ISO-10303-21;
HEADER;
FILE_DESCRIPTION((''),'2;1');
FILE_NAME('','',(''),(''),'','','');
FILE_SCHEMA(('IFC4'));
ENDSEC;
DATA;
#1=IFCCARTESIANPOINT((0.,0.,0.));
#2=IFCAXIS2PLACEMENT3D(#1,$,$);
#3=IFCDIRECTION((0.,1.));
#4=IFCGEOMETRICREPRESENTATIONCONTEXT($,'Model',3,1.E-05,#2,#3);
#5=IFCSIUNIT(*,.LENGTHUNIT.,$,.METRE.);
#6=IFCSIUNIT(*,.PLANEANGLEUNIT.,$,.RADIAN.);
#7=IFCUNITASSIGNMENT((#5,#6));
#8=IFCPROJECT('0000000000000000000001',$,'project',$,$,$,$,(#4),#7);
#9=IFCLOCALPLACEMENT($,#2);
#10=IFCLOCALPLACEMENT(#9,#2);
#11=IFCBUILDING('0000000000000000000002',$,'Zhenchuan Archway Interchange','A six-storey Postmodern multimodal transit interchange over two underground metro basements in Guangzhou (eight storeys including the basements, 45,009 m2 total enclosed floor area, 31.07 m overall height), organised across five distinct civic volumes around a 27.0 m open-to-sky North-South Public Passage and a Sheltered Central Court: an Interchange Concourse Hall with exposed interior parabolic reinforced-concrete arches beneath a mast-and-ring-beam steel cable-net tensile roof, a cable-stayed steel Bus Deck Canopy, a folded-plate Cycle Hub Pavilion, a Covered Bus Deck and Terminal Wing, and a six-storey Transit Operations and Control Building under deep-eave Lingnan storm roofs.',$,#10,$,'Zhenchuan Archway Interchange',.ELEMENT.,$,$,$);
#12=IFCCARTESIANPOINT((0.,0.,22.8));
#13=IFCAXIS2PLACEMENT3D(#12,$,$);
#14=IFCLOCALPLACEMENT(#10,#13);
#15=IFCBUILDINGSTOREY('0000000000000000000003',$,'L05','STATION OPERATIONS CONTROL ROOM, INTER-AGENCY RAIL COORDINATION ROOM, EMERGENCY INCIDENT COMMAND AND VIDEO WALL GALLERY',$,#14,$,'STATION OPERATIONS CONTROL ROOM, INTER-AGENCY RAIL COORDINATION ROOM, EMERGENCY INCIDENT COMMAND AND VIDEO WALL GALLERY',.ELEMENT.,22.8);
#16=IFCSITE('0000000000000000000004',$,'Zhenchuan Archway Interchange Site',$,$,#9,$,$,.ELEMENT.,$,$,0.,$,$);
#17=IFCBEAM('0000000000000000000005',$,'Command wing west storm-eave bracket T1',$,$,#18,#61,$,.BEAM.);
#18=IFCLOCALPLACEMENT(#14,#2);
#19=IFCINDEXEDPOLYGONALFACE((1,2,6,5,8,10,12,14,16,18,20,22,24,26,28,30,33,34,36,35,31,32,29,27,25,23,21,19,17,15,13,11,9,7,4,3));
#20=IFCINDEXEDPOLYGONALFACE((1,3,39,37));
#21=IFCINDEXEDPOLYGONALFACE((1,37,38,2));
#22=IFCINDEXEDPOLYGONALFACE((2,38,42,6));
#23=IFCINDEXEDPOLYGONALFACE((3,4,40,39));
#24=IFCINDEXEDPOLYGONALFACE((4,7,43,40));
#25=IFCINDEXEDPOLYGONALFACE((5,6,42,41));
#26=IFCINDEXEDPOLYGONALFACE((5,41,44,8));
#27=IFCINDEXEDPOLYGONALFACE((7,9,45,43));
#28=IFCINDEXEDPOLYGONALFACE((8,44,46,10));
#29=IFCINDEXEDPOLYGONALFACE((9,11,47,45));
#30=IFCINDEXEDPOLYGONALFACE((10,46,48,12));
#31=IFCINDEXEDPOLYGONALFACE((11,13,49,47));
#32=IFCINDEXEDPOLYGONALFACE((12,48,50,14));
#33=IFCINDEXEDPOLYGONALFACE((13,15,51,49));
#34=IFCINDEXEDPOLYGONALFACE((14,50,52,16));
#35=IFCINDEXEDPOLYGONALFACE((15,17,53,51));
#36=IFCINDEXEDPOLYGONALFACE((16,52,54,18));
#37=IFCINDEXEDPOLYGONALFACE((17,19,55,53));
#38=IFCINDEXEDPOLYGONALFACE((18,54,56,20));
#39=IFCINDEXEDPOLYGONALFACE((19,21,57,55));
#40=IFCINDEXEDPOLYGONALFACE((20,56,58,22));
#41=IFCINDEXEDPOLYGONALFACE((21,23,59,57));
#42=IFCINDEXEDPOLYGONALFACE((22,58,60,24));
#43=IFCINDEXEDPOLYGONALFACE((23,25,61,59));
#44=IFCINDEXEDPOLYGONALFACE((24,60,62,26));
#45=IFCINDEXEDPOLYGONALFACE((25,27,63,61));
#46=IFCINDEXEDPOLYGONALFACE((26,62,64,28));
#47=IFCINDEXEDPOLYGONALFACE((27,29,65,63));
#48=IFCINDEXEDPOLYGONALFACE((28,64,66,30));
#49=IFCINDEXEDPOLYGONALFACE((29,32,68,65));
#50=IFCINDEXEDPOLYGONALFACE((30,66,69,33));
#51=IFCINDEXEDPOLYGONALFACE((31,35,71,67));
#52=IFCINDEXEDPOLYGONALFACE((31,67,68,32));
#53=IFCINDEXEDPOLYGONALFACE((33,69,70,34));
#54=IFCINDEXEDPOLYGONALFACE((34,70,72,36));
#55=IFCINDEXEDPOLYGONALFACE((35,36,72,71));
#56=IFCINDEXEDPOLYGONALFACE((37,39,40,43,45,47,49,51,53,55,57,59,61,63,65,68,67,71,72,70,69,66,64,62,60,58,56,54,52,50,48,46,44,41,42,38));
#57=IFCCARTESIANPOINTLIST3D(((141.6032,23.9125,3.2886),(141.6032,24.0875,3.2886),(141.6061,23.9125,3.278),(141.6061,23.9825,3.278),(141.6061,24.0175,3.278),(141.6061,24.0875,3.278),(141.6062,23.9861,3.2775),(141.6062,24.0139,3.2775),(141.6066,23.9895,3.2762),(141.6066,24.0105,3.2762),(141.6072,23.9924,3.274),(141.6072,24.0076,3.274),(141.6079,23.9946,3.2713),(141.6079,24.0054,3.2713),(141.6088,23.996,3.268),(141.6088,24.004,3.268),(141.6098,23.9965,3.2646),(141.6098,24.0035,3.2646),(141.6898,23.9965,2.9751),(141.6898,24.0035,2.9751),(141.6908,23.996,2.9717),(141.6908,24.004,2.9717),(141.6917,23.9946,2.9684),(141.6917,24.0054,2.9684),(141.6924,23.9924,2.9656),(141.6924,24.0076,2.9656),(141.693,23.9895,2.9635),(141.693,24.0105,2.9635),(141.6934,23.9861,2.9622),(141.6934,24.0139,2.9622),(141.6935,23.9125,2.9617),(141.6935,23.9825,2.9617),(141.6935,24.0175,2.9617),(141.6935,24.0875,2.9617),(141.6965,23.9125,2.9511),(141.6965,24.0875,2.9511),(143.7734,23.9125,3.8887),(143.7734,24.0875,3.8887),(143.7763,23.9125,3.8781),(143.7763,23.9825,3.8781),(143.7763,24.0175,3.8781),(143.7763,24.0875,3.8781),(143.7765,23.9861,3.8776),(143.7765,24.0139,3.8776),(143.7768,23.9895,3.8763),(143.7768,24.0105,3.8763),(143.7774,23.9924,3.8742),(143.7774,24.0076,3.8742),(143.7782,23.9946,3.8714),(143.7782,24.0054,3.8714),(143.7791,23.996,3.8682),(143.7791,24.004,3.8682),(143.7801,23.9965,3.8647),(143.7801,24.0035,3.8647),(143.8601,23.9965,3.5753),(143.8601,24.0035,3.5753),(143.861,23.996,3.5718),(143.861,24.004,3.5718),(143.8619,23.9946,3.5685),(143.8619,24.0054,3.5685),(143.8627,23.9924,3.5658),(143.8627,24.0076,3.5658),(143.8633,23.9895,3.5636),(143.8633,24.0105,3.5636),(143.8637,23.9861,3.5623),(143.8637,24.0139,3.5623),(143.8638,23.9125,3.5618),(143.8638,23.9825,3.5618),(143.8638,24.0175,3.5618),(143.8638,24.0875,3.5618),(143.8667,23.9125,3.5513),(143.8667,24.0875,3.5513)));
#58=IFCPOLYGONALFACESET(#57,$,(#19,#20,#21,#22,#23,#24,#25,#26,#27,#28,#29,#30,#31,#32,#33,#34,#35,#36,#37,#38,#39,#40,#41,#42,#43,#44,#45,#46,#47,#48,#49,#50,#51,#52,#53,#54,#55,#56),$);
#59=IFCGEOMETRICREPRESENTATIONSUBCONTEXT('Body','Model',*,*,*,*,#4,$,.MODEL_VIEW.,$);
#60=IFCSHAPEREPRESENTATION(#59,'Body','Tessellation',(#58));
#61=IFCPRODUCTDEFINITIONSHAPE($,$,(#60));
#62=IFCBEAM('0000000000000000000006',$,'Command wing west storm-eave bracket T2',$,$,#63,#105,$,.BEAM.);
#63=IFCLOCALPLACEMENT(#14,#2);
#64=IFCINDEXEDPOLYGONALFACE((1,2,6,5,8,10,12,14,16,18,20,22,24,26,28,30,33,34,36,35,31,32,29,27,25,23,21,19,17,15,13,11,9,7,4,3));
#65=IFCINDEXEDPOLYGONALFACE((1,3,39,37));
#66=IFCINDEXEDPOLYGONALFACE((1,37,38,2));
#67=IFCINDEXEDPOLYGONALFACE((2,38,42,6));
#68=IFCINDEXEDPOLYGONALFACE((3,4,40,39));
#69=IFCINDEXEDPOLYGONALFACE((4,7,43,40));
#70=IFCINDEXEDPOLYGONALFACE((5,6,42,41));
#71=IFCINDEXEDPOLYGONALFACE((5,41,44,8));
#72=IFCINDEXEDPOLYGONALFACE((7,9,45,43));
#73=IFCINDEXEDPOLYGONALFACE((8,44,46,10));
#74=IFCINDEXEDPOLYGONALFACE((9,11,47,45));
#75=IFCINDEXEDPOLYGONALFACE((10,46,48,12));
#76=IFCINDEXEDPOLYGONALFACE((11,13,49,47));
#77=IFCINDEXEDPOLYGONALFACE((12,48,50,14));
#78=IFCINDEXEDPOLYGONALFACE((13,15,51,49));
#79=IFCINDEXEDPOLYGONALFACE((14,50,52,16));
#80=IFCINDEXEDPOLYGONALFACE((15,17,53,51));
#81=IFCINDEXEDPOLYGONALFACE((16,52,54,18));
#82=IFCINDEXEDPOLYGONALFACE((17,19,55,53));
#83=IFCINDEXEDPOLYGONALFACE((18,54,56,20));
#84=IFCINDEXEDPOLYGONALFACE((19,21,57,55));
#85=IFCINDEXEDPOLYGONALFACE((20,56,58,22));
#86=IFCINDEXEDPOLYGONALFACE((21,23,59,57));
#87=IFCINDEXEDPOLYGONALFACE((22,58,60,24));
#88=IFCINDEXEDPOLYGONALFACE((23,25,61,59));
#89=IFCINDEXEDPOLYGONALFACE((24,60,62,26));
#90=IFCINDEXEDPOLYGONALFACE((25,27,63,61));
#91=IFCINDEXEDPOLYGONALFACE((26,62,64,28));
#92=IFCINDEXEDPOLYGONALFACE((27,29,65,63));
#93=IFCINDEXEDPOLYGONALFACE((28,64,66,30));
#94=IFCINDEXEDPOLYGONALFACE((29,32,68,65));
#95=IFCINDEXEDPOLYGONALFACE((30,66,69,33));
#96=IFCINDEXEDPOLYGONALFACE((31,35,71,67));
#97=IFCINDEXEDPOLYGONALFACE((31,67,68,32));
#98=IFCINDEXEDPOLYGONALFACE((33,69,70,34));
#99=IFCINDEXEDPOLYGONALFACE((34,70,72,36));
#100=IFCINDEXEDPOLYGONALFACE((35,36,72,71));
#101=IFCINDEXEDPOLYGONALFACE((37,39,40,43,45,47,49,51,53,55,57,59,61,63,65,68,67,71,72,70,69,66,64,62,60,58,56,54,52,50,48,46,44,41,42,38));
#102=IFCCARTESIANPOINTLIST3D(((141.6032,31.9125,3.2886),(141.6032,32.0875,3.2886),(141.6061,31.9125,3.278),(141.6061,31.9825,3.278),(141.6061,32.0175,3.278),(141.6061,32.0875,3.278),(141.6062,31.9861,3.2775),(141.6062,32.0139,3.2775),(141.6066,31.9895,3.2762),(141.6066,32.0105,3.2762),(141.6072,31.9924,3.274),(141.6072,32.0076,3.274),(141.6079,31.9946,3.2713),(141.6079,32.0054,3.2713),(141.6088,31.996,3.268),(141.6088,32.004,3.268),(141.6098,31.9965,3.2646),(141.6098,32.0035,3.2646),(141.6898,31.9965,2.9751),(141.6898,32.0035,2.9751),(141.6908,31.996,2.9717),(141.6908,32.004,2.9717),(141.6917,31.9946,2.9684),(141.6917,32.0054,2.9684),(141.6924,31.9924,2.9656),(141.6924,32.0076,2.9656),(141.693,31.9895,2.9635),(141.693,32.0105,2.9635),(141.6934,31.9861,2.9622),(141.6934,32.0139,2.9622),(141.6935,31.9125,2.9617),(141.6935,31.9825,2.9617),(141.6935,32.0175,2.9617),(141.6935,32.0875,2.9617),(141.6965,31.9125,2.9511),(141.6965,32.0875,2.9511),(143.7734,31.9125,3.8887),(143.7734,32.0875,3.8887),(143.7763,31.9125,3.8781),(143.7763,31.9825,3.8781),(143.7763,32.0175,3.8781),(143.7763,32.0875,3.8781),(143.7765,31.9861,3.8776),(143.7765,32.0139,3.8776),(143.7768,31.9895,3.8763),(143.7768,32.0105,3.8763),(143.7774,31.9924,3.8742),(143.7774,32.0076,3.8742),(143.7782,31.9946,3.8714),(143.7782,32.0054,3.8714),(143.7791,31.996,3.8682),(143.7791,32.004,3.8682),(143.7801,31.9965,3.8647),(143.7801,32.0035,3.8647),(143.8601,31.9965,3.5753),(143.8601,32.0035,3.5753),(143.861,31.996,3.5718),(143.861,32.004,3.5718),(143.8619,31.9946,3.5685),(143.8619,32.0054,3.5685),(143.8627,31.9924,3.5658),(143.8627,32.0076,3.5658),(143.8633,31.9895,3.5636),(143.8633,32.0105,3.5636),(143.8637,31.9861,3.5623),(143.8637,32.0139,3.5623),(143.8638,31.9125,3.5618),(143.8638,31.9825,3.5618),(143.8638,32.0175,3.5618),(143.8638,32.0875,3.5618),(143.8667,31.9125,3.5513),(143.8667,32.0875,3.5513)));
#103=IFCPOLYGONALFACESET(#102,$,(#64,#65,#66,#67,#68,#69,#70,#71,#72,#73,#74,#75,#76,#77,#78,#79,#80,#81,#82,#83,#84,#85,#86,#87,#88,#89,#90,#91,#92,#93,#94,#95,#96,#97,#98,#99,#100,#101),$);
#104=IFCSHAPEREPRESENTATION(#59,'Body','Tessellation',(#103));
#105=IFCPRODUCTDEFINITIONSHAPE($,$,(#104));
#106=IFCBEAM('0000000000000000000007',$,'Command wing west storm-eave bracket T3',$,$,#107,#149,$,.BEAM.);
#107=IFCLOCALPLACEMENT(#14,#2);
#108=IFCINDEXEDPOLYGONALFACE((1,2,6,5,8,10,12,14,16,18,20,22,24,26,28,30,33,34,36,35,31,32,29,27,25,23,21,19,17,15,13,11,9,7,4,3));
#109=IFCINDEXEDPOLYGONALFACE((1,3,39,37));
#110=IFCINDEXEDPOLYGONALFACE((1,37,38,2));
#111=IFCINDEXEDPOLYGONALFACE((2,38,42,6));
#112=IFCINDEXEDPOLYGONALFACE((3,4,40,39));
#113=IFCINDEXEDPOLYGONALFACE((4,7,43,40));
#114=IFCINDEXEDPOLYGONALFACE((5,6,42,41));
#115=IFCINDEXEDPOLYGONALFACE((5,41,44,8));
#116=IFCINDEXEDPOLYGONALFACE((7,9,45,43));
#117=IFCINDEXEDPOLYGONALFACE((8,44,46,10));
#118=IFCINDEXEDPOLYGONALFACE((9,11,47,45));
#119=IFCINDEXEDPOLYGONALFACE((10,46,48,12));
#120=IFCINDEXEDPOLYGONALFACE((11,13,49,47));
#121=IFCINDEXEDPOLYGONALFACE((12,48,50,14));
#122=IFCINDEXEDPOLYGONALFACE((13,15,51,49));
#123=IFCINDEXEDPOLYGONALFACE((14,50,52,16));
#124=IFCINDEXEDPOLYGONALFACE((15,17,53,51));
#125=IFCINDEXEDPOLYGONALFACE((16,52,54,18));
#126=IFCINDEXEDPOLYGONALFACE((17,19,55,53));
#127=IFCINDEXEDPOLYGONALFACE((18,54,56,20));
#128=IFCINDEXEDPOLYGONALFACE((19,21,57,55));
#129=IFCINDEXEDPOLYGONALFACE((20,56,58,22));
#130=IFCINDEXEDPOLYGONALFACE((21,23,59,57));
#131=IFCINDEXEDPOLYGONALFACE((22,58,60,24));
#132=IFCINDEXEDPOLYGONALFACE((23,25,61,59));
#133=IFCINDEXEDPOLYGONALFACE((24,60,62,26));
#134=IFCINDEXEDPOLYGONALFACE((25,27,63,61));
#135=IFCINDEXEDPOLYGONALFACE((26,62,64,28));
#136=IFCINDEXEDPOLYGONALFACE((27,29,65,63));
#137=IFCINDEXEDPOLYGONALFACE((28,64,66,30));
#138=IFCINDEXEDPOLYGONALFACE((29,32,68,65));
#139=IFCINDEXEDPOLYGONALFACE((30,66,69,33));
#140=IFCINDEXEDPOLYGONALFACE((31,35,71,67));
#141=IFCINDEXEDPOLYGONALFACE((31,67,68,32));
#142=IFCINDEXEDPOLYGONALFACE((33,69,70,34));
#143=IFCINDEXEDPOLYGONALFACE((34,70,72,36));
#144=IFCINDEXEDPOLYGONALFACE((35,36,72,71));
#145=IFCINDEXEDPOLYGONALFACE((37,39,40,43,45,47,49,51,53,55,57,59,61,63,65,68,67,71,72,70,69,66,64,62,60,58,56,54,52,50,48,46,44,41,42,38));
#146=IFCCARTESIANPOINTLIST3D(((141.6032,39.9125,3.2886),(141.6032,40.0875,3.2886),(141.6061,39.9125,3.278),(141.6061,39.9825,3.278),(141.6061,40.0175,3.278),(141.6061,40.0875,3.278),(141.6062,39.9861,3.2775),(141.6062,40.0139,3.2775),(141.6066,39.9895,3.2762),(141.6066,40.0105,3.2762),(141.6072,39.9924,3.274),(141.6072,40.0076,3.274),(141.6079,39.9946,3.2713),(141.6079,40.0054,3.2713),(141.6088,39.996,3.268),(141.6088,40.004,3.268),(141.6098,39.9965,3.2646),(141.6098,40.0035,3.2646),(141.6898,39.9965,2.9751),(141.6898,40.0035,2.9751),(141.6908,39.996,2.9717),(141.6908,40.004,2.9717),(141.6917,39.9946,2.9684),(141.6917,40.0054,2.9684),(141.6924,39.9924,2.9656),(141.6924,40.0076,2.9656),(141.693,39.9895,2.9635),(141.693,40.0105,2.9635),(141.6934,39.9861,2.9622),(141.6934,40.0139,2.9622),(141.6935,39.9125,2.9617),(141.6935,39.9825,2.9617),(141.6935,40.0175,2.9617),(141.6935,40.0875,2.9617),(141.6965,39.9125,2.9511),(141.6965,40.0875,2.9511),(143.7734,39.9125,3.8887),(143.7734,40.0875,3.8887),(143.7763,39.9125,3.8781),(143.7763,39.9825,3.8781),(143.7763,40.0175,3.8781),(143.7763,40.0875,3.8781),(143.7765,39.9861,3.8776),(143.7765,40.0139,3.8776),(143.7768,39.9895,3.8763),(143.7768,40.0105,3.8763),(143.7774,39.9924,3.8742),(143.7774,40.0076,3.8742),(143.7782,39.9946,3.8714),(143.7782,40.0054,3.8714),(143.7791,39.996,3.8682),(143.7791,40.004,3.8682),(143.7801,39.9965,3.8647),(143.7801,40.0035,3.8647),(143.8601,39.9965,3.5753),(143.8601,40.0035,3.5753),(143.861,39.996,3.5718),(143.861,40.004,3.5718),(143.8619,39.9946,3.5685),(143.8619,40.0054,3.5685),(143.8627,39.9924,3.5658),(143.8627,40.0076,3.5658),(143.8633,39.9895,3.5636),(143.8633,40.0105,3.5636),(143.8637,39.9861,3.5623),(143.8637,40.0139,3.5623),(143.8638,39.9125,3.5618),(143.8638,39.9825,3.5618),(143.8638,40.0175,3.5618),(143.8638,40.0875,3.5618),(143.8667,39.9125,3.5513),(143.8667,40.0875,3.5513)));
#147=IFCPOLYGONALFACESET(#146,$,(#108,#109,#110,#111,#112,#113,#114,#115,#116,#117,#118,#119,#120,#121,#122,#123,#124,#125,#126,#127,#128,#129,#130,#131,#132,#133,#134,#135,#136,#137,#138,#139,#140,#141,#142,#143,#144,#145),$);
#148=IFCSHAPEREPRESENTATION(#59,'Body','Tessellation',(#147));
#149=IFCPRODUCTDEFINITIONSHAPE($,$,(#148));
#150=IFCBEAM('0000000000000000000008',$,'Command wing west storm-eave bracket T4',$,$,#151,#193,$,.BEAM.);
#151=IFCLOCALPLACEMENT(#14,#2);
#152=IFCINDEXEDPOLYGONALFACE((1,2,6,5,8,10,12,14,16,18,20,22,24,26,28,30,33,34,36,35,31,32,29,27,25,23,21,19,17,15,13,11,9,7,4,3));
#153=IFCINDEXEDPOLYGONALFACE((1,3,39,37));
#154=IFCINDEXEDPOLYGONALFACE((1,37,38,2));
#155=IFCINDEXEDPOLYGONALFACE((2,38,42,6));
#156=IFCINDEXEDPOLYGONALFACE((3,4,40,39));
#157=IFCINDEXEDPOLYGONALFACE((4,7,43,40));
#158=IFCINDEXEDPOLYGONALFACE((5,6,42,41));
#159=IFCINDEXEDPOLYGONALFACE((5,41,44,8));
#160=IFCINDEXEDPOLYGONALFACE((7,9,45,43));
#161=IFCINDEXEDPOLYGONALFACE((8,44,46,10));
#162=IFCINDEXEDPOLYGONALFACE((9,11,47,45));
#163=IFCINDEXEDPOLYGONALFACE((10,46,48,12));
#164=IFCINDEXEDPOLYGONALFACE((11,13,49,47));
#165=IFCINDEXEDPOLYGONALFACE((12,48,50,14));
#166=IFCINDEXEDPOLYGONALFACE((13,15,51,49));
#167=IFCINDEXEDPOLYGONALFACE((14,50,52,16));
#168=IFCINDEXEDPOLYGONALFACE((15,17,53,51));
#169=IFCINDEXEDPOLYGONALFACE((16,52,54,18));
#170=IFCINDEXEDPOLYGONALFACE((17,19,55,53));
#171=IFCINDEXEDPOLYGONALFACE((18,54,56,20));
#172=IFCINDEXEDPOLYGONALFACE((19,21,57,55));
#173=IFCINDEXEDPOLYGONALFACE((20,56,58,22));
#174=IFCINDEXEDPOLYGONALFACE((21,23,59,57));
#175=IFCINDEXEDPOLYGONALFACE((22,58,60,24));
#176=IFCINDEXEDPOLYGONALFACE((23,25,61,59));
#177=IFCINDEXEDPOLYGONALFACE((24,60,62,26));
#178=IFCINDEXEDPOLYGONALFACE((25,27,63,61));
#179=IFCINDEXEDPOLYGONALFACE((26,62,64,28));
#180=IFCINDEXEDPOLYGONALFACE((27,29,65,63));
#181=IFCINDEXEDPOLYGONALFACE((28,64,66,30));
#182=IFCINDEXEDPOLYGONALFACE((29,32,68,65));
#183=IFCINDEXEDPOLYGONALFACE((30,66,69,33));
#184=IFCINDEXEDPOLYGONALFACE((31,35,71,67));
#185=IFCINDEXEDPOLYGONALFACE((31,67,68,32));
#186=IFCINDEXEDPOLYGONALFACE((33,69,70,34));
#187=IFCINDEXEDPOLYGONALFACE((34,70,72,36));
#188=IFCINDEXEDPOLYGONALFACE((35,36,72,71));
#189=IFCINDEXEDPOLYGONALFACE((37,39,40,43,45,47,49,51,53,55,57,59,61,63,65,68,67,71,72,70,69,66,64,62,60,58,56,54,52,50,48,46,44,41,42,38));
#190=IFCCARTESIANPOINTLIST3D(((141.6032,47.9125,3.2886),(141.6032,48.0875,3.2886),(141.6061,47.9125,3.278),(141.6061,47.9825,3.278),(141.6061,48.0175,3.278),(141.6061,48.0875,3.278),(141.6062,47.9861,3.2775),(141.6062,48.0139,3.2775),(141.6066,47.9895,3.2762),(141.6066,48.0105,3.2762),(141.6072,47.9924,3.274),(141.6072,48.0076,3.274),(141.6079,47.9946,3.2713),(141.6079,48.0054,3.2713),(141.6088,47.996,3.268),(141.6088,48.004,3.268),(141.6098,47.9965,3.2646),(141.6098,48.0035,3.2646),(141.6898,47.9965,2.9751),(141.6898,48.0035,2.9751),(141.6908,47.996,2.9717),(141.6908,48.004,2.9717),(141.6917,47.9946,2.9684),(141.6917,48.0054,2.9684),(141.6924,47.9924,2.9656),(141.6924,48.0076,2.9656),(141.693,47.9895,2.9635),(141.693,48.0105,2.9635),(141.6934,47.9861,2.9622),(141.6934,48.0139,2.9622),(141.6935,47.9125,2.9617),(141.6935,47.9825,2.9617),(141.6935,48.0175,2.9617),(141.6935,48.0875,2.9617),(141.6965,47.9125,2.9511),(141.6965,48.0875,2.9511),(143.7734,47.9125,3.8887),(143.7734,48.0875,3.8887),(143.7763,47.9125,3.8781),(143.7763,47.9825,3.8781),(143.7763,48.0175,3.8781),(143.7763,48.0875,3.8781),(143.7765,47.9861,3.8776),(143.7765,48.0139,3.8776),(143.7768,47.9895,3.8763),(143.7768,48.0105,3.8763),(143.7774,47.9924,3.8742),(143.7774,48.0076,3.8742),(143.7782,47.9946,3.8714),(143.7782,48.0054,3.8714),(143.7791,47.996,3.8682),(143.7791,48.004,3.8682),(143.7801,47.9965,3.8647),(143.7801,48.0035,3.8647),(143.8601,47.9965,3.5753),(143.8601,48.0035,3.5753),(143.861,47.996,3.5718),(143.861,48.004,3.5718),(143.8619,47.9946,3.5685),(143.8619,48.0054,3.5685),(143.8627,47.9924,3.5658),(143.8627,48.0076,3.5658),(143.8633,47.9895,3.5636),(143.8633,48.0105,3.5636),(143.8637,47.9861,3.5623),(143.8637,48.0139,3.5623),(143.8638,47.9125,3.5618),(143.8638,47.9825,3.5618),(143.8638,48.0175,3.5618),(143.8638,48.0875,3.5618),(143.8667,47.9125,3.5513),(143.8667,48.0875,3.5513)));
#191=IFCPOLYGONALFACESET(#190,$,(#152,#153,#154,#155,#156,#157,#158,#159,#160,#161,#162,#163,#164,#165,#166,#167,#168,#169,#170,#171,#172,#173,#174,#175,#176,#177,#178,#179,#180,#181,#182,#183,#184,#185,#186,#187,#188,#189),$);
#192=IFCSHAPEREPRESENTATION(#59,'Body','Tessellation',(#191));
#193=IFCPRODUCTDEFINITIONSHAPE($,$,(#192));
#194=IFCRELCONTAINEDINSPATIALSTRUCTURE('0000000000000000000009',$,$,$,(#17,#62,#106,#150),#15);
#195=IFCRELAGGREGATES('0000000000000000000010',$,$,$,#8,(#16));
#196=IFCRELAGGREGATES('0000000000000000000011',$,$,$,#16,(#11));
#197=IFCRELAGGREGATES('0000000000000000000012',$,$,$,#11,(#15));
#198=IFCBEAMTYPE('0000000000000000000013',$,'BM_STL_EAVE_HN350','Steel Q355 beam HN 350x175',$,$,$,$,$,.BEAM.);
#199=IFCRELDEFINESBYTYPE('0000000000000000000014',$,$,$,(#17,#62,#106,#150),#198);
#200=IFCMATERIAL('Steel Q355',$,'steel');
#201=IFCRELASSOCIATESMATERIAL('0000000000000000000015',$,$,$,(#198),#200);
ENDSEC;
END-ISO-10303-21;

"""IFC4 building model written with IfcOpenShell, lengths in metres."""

from ifc_helpers import new_model, si_unit, direction, frame, origin, origin_2d, place, context, subcontext, project, spatial, i_section, extrude, material, material_profile, profile_set, type_object, element, save


model = new_model("IFC4")

# Units and contexts
model_context = context("Model", 3, precision=1e-05, world=origin(), true_north=direction((0.0, 1.0)))
body_context = subcontext(model_context, "Body", "Model", "MODEL_VIEW")
ifc_project = project(units=[si_unit("LENGTHUNIT", "METRE"), si_unit("PLANEANGLEUNIT", "RADIAN")], contexts=[model_context])

# Site, building, storey
site_placement = place(None, origin())
site = spatial("IfcSite", under=ifc_project, at=site_placement, Name="Zhenchuan Archway Interchange Site", CompositionType="ELEMENT", RefElevation=0.0)
building_placement = place(site_placement, origin())
building = spatial("IfcBuilding", under=site, at=building_placement, Name="Zhenchuan Archway Interchange", Description="A six-storey Postmodern multimodal transit interchange over two underground metro basements in Guangzhou (eight storeys including the basements, 45,009 m2 total enclosed floor area, 31.07 m overall height), organised across five distinct civic volumes around a 27.0 m open-to-sky North-South Public Passage and a Sheltered Central Court: an Interchange Concourse Hall with exposed interior parabolic reinforced-concrete arches beneath a mast-and-ring-beam steel cable-net tensile roof, a cable-stayed steel Bus Deck Canopy, a folded-plate Cycle Hub Pavilion, a Covered Bus Deck and Terminal Wing, and a six-storey Transit Operations and Control Building under deep-eave Lingnan storm roofs.", LongName="Zhenchuan Archway Interchange", CompositionType="ELEMENT")
storey_placement = place(building_placement, frame((0.0, 0.0, 22.8)))
storey = spatial("IfcBuildingStorey", under=building, at=storey_placement, Name="L05", Description="STATION OPERATIONS CONTROL ROOM, INTER-AGENCY RAIL COORDINATION ROOM, EMERGENCY INCIDENT COMMAND AND VIDEO WALL GALLERY", LongName="STATION OPERATIONS CONTROL ROOM, INTER-AGENCY RAIL COORDINATION ROOM, EMERGENCY INCIDENT COMMAND AND VIDEO WALL GALLERY", CompositionType="ELEMENT", Elevation=22.8)

# Beams
ifc_material_1 = material(Name="Steel Q355", Category="steel")
ifc_material_profile_1 = material_profile(ifc_material_1, i_section(OverallWidth=0.175, OverallDepth=0.3501, WebThickness=0.0071, FlangeThickness=0.011, FilletRadius=0.0139, at=origin_2d()), Name="HN 350x175")
ifc_profile_set_1 = profile_set([ifc_material_profile_1], Name="Steel Q355")
beam_type = type_object("IfcBeamType", Name="BM_STL_EAVE_HN350", Description="Steel Q355 beam HN 350x175", PredefinedType="BEAM", material=ifc_profile_set_1)
for number, where, z_axis, x_axis, name in (
    (1, (143.8201, 24.0, 3.72), (-0.963829, 0.0, -0.26652), (0.0, -1.0, 0.0), "Command wing west storm-eave bracket T1"),
    (2, (143.8201, 32.0, 3.72), (-0.963829, 0.0, -0.26652), (0.0, -1.0, 0.0), "Command wing west storm-eave bracket T2"),
    (3, (143.8201, 40.0, 3.72), (-0.963829, 0.0, -0.26652), (0.0, -1.0, 0.0), "Command wing west storm-eave bracket T3"),
    (4, (143.8201, 48.0, 3.72), (-0.963829, 0.0, -0.26652), (0.0, -1.0, 0.0), "Command wing west storm-eave bracket T4"),
):
    element("IfcBeam", number, at=place(storey_placement, frame(where, z_axis=z_axis, x_axis=x_axis)), inside=storey, type_object=beam_type, Name=name, PredefinedType="BEAM", context=body_context, shape_type="SweptSolid", body=[
        extrude(i_section(OverallWidth=0.175, OverallDepth=0.3501, WebThickness=0.0071, FlangeThickness=0.011, FilletRadius=0.0139, at=origin_2d()), origin(), (0.0, 0.0, 1.0), 2.2517),
    ])

save(model, "model.ifc")
